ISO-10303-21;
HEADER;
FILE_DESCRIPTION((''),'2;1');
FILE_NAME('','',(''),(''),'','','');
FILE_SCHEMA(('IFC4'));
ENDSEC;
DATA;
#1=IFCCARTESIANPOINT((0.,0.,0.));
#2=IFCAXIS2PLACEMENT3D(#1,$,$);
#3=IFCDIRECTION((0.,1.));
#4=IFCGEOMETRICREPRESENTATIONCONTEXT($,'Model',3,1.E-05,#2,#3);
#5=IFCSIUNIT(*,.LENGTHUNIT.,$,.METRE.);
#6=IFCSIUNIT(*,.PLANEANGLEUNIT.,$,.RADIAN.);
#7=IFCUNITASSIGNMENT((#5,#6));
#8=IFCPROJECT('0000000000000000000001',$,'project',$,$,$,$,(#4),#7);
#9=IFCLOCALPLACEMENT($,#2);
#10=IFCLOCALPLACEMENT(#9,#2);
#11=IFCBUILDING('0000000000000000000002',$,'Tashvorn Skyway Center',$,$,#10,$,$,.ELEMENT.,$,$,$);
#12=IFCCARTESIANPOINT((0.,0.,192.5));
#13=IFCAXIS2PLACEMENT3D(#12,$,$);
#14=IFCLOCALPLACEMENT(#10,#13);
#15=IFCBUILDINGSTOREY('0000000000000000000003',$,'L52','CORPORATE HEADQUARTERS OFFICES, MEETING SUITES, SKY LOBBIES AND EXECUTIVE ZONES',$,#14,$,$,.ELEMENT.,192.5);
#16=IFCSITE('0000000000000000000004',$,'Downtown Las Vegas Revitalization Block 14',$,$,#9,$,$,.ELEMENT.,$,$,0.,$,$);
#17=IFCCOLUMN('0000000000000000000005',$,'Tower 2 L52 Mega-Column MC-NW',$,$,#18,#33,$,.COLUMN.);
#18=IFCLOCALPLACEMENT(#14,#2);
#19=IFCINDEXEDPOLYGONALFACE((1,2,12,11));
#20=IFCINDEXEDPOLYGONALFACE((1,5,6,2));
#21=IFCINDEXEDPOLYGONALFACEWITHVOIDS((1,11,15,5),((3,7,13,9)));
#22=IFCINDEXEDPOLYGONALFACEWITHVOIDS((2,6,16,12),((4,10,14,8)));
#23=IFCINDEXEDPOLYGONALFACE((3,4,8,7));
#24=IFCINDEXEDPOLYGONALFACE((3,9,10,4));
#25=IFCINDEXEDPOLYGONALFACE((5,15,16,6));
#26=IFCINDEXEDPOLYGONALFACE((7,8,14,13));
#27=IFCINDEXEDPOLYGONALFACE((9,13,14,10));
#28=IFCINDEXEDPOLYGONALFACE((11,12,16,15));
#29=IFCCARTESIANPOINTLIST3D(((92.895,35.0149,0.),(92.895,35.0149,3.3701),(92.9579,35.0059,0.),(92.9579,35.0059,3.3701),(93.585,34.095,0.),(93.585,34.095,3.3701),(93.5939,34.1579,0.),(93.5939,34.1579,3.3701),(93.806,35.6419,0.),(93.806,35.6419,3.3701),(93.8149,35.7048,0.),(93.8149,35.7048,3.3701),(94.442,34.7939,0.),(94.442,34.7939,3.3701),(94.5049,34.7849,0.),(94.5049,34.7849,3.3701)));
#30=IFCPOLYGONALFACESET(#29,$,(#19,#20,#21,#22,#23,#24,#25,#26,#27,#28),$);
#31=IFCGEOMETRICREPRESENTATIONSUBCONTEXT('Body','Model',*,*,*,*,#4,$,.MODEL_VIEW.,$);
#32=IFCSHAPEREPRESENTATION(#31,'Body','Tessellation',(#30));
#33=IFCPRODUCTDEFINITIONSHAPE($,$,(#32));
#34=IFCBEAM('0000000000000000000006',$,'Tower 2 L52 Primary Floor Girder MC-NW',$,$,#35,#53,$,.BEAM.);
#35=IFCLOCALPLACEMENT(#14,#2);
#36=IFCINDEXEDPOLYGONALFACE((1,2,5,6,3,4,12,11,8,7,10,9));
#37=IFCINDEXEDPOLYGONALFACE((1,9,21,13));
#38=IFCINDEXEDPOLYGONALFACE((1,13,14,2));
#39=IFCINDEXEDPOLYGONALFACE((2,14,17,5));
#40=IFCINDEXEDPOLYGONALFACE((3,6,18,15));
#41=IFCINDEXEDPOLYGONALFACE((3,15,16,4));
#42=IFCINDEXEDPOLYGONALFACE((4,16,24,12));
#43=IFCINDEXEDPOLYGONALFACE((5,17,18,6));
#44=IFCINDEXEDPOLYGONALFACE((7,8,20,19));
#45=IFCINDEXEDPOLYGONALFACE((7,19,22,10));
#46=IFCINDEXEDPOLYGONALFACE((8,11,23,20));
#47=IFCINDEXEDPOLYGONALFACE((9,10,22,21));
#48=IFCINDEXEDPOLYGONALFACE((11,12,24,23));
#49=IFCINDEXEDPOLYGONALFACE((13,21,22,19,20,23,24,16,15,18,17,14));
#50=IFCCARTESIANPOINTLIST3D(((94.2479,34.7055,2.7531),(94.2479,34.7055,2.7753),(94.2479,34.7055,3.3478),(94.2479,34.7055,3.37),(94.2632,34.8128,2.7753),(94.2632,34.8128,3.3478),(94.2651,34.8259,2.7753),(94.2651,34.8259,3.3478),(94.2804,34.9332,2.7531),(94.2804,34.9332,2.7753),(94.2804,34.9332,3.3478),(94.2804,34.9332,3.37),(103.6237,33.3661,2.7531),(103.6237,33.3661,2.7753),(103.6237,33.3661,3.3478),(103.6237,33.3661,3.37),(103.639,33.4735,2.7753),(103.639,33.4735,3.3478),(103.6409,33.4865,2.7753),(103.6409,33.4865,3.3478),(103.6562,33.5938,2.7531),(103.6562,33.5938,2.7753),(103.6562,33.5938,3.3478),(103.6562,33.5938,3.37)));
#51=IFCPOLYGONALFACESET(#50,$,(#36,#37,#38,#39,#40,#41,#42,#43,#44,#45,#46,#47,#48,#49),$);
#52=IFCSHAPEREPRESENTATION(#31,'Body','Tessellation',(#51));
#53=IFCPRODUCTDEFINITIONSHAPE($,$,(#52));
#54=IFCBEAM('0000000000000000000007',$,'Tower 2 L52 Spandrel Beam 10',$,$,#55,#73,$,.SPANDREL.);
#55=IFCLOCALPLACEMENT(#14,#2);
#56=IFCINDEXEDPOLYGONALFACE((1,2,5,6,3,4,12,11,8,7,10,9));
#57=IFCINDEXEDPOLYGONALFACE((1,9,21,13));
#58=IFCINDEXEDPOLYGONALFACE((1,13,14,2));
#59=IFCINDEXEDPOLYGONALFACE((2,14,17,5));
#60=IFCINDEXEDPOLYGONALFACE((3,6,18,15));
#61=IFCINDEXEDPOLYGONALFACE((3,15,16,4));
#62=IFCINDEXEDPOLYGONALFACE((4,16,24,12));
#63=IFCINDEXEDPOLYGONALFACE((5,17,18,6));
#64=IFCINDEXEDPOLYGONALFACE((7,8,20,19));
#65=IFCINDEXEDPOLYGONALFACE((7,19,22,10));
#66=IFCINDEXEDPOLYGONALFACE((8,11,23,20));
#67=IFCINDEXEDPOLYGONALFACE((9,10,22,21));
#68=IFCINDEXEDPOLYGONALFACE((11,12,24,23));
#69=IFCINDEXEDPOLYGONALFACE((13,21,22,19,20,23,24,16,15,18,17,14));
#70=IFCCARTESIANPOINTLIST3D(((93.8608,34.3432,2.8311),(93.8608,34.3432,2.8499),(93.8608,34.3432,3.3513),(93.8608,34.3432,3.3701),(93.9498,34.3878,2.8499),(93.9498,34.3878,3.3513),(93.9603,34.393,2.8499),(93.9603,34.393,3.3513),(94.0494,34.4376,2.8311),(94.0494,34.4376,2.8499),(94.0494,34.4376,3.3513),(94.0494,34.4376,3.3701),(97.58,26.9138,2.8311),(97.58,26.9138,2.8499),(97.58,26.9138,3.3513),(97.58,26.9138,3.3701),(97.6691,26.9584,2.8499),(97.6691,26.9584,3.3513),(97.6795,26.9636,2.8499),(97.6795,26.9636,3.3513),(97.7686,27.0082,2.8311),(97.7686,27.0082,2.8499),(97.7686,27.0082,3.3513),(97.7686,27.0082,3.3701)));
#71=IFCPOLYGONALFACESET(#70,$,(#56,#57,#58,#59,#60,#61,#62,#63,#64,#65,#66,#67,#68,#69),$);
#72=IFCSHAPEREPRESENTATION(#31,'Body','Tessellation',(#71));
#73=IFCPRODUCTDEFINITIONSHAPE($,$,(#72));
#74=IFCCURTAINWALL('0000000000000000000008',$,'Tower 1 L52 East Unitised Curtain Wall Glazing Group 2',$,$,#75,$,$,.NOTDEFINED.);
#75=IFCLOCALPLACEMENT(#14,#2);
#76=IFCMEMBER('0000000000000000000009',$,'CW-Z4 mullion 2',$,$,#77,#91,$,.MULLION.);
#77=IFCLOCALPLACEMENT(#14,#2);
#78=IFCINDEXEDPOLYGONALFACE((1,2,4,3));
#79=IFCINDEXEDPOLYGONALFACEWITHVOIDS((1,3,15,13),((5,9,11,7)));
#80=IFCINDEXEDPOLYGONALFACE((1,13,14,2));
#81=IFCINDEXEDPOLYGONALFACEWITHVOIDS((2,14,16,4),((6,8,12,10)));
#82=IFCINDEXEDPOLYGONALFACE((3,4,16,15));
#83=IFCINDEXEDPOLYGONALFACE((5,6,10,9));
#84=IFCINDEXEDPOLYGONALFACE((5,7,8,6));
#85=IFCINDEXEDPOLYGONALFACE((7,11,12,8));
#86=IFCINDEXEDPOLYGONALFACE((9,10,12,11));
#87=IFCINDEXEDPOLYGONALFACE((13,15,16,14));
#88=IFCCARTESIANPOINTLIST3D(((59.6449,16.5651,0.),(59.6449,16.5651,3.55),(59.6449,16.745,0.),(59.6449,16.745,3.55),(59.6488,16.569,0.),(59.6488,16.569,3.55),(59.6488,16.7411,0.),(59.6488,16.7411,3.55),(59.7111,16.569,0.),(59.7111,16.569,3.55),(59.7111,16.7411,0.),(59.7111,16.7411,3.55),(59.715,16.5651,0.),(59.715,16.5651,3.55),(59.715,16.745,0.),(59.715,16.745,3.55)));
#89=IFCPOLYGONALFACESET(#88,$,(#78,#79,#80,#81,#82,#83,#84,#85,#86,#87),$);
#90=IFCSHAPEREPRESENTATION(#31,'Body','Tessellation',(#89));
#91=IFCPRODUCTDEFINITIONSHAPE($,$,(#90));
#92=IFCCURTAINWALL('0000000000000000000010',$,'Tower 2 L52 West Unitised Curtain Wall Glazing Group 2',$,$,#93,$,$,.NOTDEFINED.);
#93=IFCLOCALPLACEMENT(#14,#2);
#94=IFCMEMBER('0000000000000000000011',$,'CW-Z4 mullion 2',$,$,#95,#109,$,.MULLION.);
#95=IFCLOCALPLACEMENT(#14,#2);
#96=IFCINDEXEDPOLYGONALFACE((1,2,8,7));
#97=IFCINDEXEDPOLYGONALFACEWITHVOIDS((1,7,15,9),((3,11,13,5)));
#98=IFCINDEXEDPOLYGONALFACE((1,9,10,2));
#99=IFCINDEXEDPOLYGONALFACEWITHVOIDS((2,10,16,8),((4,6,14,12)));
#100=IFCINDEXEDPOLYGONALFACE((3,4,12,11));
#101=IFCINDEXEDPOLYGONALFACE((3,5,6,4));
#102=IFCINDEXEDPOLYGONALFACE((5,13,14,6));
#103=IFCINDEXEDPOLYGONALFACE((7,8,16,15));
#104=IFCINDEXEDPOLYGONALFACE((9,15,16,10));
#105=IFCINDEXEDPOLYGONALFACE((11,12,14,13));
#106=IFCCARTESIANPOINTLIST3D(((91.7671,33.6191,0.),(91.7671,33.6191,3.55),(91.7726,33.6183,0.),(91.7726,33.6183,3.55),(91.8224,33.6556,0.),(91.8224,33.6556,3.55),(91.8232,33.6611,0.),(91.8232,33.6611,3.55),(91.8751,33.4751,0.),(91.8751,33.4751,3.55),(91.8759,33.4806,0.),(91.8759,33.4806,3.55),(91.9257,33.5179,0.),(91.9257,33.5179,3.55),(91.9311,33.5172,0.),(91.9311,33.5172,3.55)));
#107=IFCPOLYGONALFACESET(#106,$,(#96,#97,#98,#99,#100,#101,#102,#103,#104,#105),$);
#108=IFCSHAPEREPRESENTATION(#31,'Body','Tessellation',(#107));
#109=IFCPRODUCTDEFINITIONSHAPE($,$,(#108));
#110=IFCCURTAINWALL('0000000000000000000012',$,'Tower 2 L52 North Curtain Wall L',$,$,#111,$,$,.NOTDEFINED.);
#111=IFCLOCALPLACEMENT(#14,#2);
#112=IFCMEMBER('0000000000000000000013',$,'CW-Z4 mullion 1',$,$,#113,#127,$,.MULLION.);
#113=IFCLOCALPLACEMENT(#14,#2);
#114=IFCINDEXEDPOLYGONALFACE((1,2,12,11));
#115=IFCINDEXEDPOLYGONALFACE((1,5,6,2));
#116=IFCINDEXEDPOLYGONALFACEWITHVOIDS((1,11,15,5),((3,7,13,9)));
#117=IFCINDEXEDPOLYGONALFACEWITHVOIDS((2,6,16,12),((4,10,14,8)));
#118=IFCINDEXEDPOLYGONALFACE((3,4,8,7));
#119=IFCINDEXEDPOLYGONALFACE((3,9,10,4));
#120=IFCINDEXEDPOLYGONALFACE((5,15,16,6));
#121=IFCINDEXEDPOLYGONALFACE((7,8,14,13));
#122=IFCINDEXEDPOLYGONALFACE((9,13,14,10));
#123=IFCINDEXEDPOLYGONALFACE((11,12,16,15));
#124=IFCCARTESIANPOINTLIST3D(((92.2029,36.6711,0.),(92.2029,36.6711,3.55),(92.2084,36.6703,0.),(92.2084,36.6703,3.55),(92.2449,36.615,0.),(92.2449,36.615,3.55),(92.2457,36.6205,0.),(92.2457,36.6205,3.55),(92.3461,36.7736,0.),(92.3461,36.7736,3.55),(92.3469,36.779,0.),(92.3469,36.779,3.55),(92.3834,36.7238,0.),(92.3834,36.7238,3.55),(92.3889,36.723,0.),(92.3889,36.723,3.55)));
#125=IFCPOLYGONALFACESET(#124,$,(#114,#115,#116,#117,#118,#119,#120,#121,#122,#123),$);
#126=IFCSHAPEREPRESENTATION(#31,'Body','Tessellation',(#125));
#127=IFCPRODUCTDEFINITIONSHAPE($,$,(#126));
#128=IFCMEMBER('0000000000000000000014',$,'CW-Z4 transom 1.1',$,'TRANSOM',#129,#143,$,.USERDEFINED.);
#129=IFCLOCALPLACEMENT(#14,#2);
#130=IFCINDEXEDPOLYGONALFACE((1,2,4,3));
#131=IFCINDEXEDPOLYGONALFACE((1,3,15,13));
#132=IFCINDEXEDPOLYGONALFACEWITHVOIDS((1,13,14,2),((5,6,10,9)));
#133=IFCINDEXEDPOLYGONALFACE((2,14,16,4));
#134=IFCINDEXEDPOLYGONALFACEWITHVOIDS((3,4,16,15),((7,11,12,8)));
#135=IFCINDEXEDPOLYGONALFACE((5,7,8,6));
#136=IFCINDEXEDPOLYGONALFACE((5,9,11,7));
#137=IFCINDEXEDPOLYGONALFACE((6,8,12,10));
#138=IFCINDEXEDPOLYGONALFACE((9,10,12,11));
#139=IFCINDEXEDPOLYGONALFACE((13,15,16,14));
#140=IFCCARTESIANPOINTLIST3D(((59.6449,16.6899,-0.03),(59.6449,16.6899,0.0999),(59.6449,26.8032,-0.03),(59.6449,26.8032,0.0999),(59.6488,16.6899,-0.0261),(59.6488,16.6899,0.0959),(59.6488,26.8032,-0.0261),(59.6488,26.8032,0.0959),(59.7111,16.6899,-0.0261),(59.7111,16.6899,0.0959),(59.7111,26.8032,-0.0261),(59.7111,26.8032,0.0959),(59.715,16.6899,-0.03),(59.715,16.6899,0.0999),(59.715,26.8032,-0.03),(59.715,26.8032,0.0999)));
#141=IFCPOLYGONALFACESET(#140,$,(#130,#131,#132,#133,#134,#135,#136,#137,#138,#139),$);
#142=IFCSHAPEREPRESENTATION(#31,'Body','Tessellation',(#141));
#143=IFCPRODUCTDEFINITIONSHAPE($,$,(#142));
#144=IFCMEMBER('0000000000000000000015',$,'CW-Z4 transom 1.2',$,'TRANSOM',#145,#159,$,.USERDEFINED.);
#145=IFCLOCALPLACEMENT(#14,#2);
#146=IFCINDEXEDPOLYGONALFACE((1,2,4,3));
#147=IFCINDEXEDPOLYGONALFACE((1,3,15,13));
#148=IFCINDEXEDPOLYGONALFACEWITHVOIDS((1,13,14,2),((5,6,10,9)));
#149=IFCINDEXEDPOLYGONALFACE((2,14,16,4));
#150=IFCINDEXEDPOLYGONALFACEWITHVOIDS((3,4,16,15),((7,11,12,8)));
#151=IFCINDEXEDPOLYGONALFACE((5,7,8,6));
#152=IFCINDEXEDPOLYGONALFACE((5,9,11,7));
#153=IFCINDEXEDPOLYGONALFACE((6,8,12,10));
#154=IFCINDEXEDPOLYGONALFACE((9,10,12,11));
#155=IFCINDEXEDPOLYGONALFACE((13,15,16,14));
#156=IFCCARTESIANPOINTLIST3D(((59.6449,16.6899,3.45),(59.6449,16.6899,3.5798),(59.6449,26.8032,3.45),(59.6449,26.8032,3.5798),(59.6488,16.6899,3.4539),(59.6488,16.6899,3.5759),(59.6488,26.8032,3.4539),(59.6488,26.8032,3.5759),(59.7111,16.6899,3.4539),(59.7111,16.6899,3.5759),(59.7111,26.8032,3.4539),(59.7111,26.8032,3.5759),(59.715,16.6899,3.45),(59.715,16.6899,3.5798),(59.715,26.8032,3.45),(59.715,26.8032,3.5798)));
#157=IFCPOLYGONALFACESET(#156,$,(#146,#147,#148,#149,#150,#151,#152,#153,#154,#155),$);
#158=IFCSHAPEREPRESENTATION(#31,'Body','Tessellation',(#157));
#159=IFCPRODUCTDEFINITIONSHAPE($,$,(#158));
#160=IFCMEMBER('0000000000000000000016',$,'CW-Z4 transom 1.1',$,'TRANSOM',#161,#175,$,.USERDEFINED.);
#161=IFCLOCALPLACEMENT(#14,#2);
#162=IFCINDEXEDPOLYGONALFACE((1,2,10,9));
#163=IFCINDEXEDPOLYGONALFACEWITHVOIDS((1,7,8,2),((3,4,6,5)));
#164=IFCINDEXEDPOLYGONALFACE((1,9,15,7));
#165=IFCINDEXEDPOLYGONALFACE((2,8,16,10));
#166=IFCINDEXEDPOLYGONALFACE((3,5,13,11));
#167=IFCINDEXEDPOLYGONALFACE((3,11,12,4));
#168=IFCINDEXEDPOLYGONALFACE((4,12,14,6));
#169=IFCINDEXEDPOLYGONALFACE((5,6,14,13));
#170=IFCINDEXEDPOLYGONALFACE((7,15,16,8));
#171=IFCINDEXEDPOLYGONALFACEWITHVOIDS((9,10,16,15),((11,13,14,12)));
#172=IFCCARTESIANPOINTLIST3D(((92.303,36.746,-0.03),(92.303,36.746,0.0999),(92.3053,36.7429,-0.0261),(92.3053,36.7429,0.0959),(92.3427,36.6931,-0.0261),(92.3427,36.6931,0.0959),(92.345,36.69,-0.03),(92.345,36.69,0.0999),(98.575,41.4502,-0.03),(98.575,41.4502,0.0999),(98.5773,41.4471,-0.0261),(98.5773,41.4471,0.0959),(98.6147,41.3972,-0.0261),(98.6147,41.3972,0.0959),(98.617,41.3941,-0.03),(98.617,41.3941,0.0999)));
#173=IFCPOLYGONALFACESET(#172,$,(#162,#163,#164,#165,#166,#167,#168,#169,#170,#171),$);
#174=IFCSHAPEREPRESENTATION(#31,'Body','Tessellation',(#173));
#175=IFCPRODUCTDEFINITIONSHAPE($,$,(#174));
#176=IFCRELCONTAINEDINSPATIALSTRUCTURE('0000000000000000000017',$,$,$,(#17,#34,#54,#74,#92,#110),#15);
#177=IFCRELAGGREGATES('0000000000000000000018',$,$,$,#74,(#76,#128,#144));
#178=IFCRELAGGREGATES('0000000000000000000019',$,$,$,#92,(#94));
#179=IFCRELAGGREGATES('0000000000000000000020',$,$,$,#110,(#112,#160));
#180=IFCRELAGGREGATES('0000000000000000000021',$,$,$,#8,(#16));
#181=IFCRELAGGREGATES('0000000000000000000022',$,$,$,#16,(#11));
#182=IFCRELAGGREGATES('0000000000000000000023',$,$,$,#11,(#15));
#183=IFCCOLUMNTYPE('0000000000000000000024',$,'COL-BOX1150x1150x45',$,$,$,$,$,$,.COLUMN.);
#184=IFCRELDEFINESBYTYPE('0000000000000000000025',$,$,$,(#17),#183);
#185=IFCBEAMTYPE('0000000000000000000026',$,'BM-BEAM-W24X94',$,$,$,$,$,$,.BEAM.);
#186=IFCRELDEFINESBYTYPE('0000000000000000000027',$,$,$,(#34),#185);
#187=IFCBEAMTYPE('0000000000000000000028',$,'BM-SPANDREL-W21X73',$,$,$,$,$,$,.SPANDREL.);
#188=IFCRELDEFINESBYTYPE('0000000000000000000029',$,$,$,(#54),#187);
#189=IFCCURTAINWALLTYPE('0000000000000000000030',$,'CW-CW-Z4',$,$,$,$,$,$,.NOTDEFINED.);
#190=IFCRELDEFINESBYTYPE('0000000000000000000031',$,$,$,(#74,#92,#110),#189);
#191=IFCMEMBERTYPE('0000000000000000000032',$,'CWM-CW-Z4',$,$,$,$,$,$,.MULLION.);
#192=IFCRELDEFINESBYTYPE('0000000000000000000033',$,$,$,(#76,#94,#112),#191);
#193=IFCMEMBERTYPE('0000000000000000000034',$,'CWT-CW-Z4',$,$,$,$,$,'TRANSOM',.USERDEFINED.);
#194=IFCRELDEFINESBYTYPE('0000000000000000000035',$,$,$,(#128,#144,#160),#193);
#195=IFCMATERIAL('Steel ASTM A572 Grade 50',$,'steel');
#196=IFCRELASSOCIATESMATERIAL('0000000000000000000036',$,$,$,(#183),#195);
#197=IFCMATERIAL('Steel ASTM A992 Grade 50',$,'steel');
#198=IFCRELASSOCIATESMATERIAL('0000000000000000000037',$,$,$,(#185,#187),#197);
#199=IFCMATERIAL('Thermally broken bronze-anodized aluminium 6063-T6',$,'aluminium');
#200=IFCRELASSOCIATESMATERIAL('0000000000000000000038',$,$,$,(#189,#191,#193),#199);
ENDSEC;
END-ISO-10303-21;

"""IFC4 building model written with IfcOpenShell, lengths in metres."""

from ifc_helpers import new_model, si_unit, direction, frame, origin, origin_2d, place, context, subcontext, project, spatial, hollow_rectangle, i_section, extrude, material, material_profile, profile_set, type_object, element, aggregate, save


model = new_model("IFC4")

# Units and contexts
model_context = context("Model", 3, precision=1e-05, world=origin(), true_north=direction((0.0, 1.0)))
body_context = subcontext(model_context, "Body", "Model", "MODEL_VIEW")
ifc_project = project(units=[si_unit("LENGTHUNIT", "METRE"), si_unit("PLANEANGLEUNIT", "RADIAN")], contexts=[model_context])

# Site, building, storey
site_placement = place(None, origin())
site = spatial("IfcSite", under=ifc_project, at=site_placement, Name="Downtown Las Vegas Revitalization Block 14", CompositionType="ELEMENT", RefElevation=0.0)
building_placement = place(site_placement, origin())
building = spatial("IfcBuilding", under=site, at=building_placement, Name="Tashvorn Skyway Center", CompositionType="ELEMENT")
storey_placement = place(building_placement, frame((0.0, 0.0, 192.5)))
storey = spatial("IfcBuildingStorey", under=building, at=storey_placement, Name="L52", Description="CORPORATE HEADQUARTERS OFFICES, MEETING SUITES, SKY LOBBIES AND EXECUTIVE ZONES", CompositionType="ELEMENT", Elevation=192.5)

# Column
ifc_material_1 = material(Name="Steel ASTM A572 Grade 50", Category="steel")
ifc_material_profile_1 = material_profile(ifc_material_1, hollow_rectangle(XDim=1.1499, YDim=1.1499, WallThickness=0.0449, at=origin_2d()), Name="BOX1150x1150x45")
ifc_profile_set_1 = profile_set([ifc_material_profile_1], Name="Steel ASTM A572 Grade 50")
column_type = type_object("IfcColumnType", Name="COL-BOX1150x1150x45", PredefinedType="COLUMN", material=ifc_profile_set_1)
column_placement = place(storey_placement, frame((93.7, 34.8999, 0.0), z_axis=(0.0, 0.0, 1.0), x_axis=(0.8, 0.6, 0.0)))
element("IfcColumn", 1, at=column_placement, inside=storey, type_object=column_type, Name="Tower 2 L52 Mega-Column MC-NW", PredefinedType="COLUMN", context=body_context, shape_type="SweptSolid", body=[
    extrude(hollow_rectangle(XDim=1.1499, YDim=1.1499, WallThickness=0.0449, at=origin_2d()), origin(), (0.0, 0.0, 1.0), 3.3701),
])

# Beams
ifc_material_2 = material(Name="Steel ASTM A992 Grade 50", Category="steel")
ifc_material_profile_2 = material_profile(ifc_material_2, i_section(OverallWidth=0.23, OverallDepth=0.6169, WebThickness=0.0132, FlangeThickness=0.0222, at=origin_2d()), Name="W24X94")
ifc_profile_set_2 = profile_set([ifc_material_profile_2], Name="Steel ASTM A992 Grade 50")
beam_type_1 = type_object("IfcBeamType", Name="BM-BEAM-W24X94", PredefinedType="BEAM", material=ifc_profile_set_2)
beam_1_placement = place(storey_placement, frame((94.2642, 34.8193, 3.0615), z_axis=(0.98995, -0.141418, 0.0), x_axis=(0.141418, 0.98995, 0.0)))
element("IfcBeam", 2, at=beam_1_placement, inside=storey, type_object=beam_type_1, Name="Tower 2 L52 Primary Floor Girder MC-NW", PredefinedType="BEAM", context=body_context, shape_type="SweptSolid", body=[
    extrude(i_section(OverallWidth=0.23, OverallDepth=0.6169, WebThickness=0.0132, FlangeThickness=0.0222, at=origin_2d()), origin(), (0.0, 0.0, 1.0), 9.4709),
])
ifc_material_profile_3 = material_profile(ifc_material_2, i_section(OverallWidth=0.2109, OverallDepth=0.5391, WebThickness=0.0117, FlangeThickness=0.0188, at=origin_2d()), Name="W21X73")
ifc_profile_set_3 = profile_set([ifc_material_profile_3], Name="Steel ASTM A992 Grade 50")
beam_type_2 = type_object("IfcBeamType", Name="BM-SPANDREL-W21X73", PredefinedType="SPANDREL", material=ifc_profile_set_3)
beam_2_placement = place(storey_placement, frame((93.9551, 34.3904, 3.1006), z_axis=(0.447648, -0.89421, 0.0), x_axis=(0.89421, 0.447648, 0.0)))
element("IfcBeam", 3, at=beam_2_placement, inside=storey, type_object=beam_type_2, Name="Tower 2 L52 Spandrel Beam 10", PredefinedType="SPANDREL", context=body_context, shape_type="SweptSolid", body=[
    extrude(i_section(OverallWidth=0.2109, OverallDepth=0.5391, WebThickness=0.0117, FlangeThickness=0.0188, at=origin_2d()), origin(), (0.0, 0.0, 1.0), 8.3083),
])

# Curtain walls, members
ifc_material_3 = material(Name="Thermally broken bronze-anodized aluminium 6063-T6", Category="aluminium")
curtain_wall_type = type_object("IfcCurtainWallType", Name="CW-CW-Z4", PredefinedType="NOTDEFINED", material=ifc_material_3)
curtain_wall_1_placement = place(storey_placement, origin())
curtain_wall_1 = element("IfcCurtainWall", 4, at=curtain_wall_1_placement, inside=storey, type_object=curtain_wall_type, Name="Tower 1 L52 East Unitised Curtain Wall Glazing Group 2", PredefinedType="NOTDEFINED")
ifc_material_profile_4 = material_profile(ifc_material_3, hollow_rectangle(XDim=0.0701, YDim=0.1799, WallThickness=0.0039, at=origin_2d()), Name="ALU-MULL-70x180")
ifc_profile_set_4 = profile_set([ifc_material_profile_4], Name="Thermally broken bronze-anodized aluminium 6063-T6")
member_type_1 = type_object("IfcMemberType", Name="CWM-CW-Z4", PredefinedType="MULLION", material=ifc_profile_set_4)
member_1_placement = place(storey_placement, frame((59.6799, 16.655, 0.0), z_axis=(0.0, 0.0, 1.0), x_axis=(1.0, 0.0, 0.0)))
member_1 = element("IfcMember", 5, at=member_1_placement, type_object=member_type_1, Name="CW-Z4 mullion 2", PredefinedType="MULLION", context=body_context, shape_type="SweptSolid", body=[
    extrude(hollow_rectangle(XDim=0.0701, YDim=0.1799, WallThickness=0.0039, at=origin_2d()), origin(), (0.0, 0.0, 1.0), 3.55),
])
curtain_wall_2_placement = place(storey_placement, origin())
curtain_wall_2 = element("IfcCurtainWall", 6, at=curtain_wall_2_placement, inside=storey, type_object=curtain_wall_type, Name="Tower 2 L52 West Unitised Curtain Wall Glazing Group 2", PredefinedType="NOTDEFINED")
member_2_placement = place(storey_placement, frame((91.8491, 33.5681, 0.0), z_axis=(0.0, 0.0, 1.0), x_axis=(-0.8, -0.6, 0.0)))
member_2 = element("IfcMember", 7, at=member_2_placement, type_object=member_type_1, Name="CW-Z4 mullion 2", PredefinedType="MULLION", context=body_context, shape_type="SweptSolid", body=[
    extrude(hollow_rectangle(XDim=0.0701, YDim=0.1799, WallThickness=0.0039, at=origin_2d()), origin(), (0.0, 0.0, 1.0), 3.55),
])
curtain_wall_3_placement = place(storey_placement, origin())
curtain_wall_3 = element("IfcCurtainWall", 8, at=curtain_wall_3_placement, inside=storey, type_object=curtain_wall_type, Name="Tower 2 L52 North Curtain Wall L", PredefinedType="NOTDEFINED")
member_3_placement = place(storey_placement, frame((92.2959, 36.697, 0.0), z_axis=(0.0, 0.0, 1.0), x_axis=(-0.6, 0.8, 0.0)))
member_3 = element("IfcMember", 9, at=member_3_placement, type_object=member_type_1, Name="CW-Z4 mullion 1", PredefinedType="MULLION", context=body_context, shape_type="SweptSolid", body=[
    extrude(hollow_rectangle(XDim=0.0701, YDim=0.1799, WallThickness=0.0039, at=origin_2d()), origin(), (0.0, 0.0, 1.0), 3.55),
])

# Members
ifc_material_profile_5 = material_profile(ifc_material_3, hollow_rectangle(XDim=0.0701, YDim=0.1299, WallThickness=0.0039, at=origin_2d()), Name="ALU-TRAN-70x130")
ifc_profile_set_5 = profile_set([ifc_material_profile_5], Name="Thermally broken bronze-anodized aluminium 6063-T6")
member_type_2 = type_object("IfcMemberType", Name="CWT-CW-Z4", ElementType="TRANSOM", PredefinedType="USERDEFINED", material=ifc_profile_set_5)
member_4_placement = place(storey_placement, frame((59.6799, 26.8032, 0.0349), z_axis=(0.0, -1.0, 0.0), x_axis=(1.0, 0.0, 0.0)))
member_4 = element("IfcMember", 10, at=member_4_placement, type_object=member_type_2, Name="CW-Z4 transom 1.1", ObjectType="TRANSOM", PredefinedType="USERDEFINED", context=body_context, shape_type="SweptSolid", body=[
    extrude(hollow_rectangle(XDim=0.0701, YDim=0.1299, WallThickness=0.0039, at=origin_2d()), origin(), (0.0, 0.0, 1.0), 10.1133),
])
member_5_placement = place(storey_placement, frame((59.6799, 26.8032, 3.5149), z_axis=(0.0, -1.0, 0.0), x_axis=(1.0, 0.0, 0.0)))
member_5 = element("IfcMember", 11, at=member_5_placement, type_object=member_type_2, Name="CW-Z4 transom 1.2", ObjectType="TRANSOM", PredefinedType="USERDEFINED", context=body_context, shape_type="SweptSolid", body=[
    extrude(hollow_rectangle(XDim=0.0701, YDim=0.1299, WallThickness=0.0039, at=origin_2d()), origin(), (0.0, 0.0, 1.0), 10.1133),
])
member_6_placement = place(storey_placement, frame((92.324, 36.718, 0.0349), z_axis=(0.799993, 0.60001, 0.0), x_axis=(-0.60001, 0.799993, 0.0)))
member_6 = element("IfcMember", 12, at=member_6_placement, type_object=member_type_2, Name="CW-Z4 transom 1.1", ObjectType="TRANSOM", PredefinedType="USERDEFINED", context=body_context, shape_type="SweptSolid", body=[
    extrude(hollow_rectangle(XDim=0.0701, YDim=0.1299, WallThickness=0.0039, at=origin_2d()), origin(), (0.0, 0.0, 1.0), 7.8401),
])

aggregate(curtain_wall_1, [member_1, member_4, member_5])
aggregate(curtain_wall_2, [member_2])
aggregate(curtain_wall_3, [member_3, member_6])

save(model, "model.ifc")
